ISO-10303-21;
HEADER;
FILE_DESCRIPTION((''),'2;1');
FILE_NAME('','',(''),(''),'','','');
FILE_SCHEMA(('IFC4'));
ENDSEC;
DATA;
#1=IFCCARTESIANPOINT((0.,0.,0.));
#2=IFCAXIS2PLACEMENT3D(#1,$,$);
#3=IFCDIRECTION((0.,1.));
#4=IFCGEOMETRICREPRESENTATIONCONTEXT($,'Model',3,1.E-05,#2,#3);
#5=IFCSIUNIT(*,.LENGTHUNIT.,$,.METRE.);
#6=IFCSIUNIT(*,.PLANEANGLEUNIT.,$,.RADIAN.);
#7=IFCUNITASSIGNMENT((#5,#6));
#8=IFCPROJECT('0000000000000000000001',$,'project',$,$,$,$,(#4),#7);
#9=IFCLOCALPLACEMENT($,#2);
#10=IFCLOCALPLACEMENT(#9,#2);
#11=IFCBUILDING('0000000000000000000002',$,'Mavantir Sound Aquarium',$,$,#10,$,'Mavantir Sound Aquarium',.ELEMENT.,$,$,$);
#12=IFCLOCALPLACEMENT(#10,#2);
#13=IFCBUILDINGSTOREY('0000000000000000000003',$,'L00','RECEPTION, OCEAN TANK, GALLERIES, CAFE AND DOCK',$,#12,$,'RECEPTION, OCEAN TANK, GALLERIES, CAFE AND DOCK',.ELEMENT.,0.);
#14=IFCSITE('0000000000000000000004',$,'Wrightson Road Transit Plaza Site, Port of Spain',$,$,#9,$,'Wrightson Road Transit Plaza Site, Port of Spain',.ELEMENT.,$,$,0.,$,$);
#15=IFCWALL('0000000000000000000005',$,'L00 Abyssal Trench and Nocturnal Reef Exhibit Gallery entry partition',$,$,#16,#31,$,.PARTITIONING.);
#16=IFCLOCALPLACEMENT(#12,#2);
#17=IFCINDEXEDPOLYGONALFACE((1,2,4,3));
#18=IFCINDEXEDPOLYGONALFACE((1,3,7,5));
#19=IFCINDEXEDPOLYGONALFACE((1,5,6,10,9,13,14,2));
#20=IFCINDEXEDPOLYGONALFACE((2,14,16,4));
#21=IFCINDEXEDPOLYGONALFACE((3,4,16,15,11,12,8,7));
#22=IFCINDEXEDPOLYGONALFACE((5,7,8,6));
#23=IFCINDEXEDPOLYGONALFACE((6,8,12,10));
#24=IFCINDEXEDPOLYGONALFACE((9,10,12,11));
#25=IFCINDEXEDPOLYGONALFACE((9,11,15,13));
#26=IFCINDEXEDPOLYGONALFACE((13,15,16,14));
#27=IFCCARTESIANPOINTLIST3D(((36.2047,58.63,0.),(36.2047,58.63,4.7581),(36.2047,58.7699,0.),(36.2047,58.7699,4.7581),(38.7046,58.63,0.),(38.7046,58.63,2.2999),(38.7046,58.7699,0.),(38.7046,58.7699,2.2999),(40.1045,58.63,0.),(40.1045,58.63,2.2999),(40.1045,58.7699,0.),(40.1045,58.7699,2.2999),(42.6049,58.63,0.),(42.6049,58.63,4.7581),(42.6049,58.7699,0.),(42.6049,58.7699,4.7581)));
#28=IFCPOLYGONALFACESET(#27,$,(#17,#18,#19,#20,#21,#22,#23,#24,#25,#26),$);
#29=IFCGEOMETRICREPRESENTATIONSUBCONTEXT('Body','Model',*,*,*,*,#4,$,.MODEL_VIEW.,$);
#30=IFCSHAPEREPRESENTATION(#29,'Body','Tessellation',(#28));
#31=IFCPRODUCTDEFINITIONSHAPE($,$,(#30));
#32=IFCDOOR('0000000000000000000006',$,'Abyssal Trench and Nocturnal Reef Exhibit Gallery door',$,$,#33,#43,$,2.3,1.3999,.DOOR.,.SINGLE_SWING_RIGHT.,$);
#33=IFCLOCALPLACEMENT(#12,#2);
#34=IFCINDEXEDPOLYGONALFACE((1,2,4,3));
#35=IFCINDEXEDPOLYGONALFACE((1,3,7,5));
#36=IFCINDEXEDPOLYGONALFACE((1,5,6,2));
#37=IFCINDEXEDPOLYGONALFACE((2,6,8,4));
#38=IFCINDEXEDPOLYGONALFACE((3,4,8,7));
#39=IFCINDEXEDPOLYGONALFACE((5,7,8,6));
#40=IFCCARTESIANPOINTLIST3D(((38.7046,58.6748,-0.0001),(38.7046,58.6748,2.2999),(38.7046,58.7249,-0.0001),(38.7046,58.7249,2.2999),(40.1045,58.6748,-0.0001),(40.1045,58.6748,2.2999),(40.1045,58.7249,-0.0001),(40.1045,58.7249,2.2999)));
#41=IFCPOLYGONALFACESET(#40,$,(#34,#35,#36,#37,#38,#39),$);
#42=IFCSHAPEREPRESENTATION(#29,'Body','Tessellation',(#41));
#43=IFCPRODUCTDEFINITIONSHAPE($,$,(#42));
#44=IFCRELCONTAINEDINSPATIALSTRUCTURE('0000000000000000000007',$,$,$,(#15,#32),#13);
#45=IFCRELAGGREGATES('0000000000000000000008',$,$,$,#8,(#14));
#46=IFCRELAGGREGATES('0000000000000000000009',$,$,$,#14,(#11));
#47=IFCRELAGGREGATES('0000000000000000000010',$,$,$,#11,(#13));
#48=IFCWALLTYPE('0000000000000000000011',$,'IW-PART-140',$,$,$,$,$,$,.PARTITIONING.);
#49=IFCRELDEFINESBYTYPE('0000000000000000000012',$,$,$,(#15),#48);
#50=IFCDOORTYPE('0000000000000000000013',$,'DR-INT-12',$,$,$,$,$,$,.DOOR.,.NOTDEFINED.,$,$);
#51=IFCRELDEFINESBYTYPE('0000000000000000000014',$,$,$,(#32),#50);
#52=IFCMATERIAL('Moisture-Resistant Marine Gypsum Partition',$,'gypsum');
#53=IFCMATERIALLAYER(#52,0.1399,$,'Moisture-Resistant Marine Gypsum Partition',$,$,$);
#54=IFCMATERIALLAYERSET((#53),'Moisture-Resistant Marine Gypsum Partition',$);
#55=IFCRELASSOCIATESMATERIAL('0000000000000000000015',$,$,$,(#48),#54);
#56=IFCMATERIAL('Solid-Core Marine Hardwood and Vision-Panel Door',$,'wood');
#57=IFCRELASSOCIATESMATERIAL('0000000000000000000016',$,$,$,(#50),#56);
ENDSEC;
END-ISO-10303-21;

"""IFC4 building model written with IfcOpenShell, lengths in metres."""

from ifc_helpers import new_model, si_unit, direction, frame, frame_2d, origin, place, context, subcontext, project, spatial, rectangle, extrude, material, layer, layer_set, type_object, element, fill, save


model = new_model("IFC4")

# Units and contexts
model_context = context("Model", 3, precision=1e-05, world=origin(), true_north=direction((0.0, 1.0)))
body_context = subcontext(model_context, "Body", "Model", "MODEL_VIEW")
ifc_project = project(units=[si_unit("LENGTHUNIT", "METRE"), si_unit("PLANEANGLEUNIT", "RADIAN")], contexts=[model_context])

# Site, building, storey
site_placement = place(None, origin())
site = spatial("IfcSite", under=ifc_project, at=site_placement, Name="Wrightson Road Transit Plaza Site, Port of Spain", LongName="Wrightson Road Transit Plaza Site, Port of Spain", CompositionType="ELEMENT", RefElevation=0.0)
building_placement = place(site_placement, origin())
building = spatial("IfcBuilding", under=site, at=building_placement, Name="Mavantir Sound Aquarium", LongName="Mavantir Sound Aquarium", CompositionType="ELEMENT")
storey_placement = place(building_placement, origin())
storey = spatial("IfcBuildingStorey", under=building, at=storey_placement, Name="L00", Description="RECEPTION, OCEAN TANK, GALLERIES, CAFE AND DOCK", LongName="RECEPTION, OCEAN TANK, GALLERIES, CAFE AND DOCK", CompositionType="ELEMENT", Elevation=0.0)

# Wall, opening, door
ifc_material_1 = material(Name="Moisture-Resistant Marine Gypsum Partition", Category="gypsum")
ifc_layer_1 = layer(ifc_material_1, 0.1399, Name="Moisture-Resistant Marine Gypsum Partition")
ifc_layer_set_1 = layer_set([ifc_layer_1], Name="Moisture-Resistant Marine Gypsum Partition")
wall_type_1 = type_object("IfcWallType", Name="IW-PART-140", PredefinedType="PARTITIONING", material=ifc_layer_set_1)
wall_1_placement = place(storey_placement, frame((36.2046, 58.7, 0.0), z_axis=(0.0, 0.0, 1.0), x_axis=(1.0, 0.0, 0.0)))
wall_1 = element("IfcWall", 1, at=wall_1_placement, inside=storey, type_object=wall_type_1, Name="L00 Abyssal Trench and Nocturnal Reef Exhibit Gallery entry partition", PredefinedType="PARTITIONING", context=body_context, shape_type="SweptSolid", body=[
    extrude(rectangle(XDim=6.4001, YDim=0.1399, at=frame_2d((3.2002, 0.0))), origin(), (0.0, 0.0, 1.0), 4.7581),
])
opening_placement = place(wall_1_placement, frame((2.5, 0.0, 0.0)))
opening = element("IfcOpeningElement", 2, at=opening_placement, cuts=wall_1, PredefinedType="OPENING", context=body_context, shape_type="SweptSolid", body=[
    extrude(rectangle(XDim=1.3999, YDim=2.3, at=frame_2d((0.7, 1.1499))), frame((0.0, 0.0801, 0.0), z_axis=(0.0, -1.0, 0.0), x_axis=(1.0, 0.0, 0.0)), (0.0, 0.0, 1.0), 0.1599),
])
ifc_material_2 = material(Name="Solid-Core Marine Hardwood and Vision-Panel Door", Category="wood")
door_type = type_object("IfcDoorType", Name="DR-INT-12", OperationType="NOTDEFINED", PredefinedType="DOOR", material=ifc_material_2)
door_placement = place(opening_placement, origin())
door = element("IfcDoor", 3, at=door_placement, inside=storey, type_object=door_type, Name="Abyssal Trench and Nocturnal Reef Exhibit Gallery door", OperationType="SINGLE_SWING_RIGHT", OverallHeight=2.3, OverallWidth=1.3999, PredefinedType="DOOR", context=body_context, shape_type="SweptSolid", body=[
    extrude(rectangle(XDim=1.3999, YDim=2.3, at=frame_2d((0.7, 1.1499))), frame((0.0, 0.0249, 0.0), z_axis=(0.0, -1.0, 0.0), x_axis=(1.0, 0.0, 0.0)), (0.0, 0.0, 1.0), 0.05),
])
fill(opening, door)

save(model, "model.ifc")
